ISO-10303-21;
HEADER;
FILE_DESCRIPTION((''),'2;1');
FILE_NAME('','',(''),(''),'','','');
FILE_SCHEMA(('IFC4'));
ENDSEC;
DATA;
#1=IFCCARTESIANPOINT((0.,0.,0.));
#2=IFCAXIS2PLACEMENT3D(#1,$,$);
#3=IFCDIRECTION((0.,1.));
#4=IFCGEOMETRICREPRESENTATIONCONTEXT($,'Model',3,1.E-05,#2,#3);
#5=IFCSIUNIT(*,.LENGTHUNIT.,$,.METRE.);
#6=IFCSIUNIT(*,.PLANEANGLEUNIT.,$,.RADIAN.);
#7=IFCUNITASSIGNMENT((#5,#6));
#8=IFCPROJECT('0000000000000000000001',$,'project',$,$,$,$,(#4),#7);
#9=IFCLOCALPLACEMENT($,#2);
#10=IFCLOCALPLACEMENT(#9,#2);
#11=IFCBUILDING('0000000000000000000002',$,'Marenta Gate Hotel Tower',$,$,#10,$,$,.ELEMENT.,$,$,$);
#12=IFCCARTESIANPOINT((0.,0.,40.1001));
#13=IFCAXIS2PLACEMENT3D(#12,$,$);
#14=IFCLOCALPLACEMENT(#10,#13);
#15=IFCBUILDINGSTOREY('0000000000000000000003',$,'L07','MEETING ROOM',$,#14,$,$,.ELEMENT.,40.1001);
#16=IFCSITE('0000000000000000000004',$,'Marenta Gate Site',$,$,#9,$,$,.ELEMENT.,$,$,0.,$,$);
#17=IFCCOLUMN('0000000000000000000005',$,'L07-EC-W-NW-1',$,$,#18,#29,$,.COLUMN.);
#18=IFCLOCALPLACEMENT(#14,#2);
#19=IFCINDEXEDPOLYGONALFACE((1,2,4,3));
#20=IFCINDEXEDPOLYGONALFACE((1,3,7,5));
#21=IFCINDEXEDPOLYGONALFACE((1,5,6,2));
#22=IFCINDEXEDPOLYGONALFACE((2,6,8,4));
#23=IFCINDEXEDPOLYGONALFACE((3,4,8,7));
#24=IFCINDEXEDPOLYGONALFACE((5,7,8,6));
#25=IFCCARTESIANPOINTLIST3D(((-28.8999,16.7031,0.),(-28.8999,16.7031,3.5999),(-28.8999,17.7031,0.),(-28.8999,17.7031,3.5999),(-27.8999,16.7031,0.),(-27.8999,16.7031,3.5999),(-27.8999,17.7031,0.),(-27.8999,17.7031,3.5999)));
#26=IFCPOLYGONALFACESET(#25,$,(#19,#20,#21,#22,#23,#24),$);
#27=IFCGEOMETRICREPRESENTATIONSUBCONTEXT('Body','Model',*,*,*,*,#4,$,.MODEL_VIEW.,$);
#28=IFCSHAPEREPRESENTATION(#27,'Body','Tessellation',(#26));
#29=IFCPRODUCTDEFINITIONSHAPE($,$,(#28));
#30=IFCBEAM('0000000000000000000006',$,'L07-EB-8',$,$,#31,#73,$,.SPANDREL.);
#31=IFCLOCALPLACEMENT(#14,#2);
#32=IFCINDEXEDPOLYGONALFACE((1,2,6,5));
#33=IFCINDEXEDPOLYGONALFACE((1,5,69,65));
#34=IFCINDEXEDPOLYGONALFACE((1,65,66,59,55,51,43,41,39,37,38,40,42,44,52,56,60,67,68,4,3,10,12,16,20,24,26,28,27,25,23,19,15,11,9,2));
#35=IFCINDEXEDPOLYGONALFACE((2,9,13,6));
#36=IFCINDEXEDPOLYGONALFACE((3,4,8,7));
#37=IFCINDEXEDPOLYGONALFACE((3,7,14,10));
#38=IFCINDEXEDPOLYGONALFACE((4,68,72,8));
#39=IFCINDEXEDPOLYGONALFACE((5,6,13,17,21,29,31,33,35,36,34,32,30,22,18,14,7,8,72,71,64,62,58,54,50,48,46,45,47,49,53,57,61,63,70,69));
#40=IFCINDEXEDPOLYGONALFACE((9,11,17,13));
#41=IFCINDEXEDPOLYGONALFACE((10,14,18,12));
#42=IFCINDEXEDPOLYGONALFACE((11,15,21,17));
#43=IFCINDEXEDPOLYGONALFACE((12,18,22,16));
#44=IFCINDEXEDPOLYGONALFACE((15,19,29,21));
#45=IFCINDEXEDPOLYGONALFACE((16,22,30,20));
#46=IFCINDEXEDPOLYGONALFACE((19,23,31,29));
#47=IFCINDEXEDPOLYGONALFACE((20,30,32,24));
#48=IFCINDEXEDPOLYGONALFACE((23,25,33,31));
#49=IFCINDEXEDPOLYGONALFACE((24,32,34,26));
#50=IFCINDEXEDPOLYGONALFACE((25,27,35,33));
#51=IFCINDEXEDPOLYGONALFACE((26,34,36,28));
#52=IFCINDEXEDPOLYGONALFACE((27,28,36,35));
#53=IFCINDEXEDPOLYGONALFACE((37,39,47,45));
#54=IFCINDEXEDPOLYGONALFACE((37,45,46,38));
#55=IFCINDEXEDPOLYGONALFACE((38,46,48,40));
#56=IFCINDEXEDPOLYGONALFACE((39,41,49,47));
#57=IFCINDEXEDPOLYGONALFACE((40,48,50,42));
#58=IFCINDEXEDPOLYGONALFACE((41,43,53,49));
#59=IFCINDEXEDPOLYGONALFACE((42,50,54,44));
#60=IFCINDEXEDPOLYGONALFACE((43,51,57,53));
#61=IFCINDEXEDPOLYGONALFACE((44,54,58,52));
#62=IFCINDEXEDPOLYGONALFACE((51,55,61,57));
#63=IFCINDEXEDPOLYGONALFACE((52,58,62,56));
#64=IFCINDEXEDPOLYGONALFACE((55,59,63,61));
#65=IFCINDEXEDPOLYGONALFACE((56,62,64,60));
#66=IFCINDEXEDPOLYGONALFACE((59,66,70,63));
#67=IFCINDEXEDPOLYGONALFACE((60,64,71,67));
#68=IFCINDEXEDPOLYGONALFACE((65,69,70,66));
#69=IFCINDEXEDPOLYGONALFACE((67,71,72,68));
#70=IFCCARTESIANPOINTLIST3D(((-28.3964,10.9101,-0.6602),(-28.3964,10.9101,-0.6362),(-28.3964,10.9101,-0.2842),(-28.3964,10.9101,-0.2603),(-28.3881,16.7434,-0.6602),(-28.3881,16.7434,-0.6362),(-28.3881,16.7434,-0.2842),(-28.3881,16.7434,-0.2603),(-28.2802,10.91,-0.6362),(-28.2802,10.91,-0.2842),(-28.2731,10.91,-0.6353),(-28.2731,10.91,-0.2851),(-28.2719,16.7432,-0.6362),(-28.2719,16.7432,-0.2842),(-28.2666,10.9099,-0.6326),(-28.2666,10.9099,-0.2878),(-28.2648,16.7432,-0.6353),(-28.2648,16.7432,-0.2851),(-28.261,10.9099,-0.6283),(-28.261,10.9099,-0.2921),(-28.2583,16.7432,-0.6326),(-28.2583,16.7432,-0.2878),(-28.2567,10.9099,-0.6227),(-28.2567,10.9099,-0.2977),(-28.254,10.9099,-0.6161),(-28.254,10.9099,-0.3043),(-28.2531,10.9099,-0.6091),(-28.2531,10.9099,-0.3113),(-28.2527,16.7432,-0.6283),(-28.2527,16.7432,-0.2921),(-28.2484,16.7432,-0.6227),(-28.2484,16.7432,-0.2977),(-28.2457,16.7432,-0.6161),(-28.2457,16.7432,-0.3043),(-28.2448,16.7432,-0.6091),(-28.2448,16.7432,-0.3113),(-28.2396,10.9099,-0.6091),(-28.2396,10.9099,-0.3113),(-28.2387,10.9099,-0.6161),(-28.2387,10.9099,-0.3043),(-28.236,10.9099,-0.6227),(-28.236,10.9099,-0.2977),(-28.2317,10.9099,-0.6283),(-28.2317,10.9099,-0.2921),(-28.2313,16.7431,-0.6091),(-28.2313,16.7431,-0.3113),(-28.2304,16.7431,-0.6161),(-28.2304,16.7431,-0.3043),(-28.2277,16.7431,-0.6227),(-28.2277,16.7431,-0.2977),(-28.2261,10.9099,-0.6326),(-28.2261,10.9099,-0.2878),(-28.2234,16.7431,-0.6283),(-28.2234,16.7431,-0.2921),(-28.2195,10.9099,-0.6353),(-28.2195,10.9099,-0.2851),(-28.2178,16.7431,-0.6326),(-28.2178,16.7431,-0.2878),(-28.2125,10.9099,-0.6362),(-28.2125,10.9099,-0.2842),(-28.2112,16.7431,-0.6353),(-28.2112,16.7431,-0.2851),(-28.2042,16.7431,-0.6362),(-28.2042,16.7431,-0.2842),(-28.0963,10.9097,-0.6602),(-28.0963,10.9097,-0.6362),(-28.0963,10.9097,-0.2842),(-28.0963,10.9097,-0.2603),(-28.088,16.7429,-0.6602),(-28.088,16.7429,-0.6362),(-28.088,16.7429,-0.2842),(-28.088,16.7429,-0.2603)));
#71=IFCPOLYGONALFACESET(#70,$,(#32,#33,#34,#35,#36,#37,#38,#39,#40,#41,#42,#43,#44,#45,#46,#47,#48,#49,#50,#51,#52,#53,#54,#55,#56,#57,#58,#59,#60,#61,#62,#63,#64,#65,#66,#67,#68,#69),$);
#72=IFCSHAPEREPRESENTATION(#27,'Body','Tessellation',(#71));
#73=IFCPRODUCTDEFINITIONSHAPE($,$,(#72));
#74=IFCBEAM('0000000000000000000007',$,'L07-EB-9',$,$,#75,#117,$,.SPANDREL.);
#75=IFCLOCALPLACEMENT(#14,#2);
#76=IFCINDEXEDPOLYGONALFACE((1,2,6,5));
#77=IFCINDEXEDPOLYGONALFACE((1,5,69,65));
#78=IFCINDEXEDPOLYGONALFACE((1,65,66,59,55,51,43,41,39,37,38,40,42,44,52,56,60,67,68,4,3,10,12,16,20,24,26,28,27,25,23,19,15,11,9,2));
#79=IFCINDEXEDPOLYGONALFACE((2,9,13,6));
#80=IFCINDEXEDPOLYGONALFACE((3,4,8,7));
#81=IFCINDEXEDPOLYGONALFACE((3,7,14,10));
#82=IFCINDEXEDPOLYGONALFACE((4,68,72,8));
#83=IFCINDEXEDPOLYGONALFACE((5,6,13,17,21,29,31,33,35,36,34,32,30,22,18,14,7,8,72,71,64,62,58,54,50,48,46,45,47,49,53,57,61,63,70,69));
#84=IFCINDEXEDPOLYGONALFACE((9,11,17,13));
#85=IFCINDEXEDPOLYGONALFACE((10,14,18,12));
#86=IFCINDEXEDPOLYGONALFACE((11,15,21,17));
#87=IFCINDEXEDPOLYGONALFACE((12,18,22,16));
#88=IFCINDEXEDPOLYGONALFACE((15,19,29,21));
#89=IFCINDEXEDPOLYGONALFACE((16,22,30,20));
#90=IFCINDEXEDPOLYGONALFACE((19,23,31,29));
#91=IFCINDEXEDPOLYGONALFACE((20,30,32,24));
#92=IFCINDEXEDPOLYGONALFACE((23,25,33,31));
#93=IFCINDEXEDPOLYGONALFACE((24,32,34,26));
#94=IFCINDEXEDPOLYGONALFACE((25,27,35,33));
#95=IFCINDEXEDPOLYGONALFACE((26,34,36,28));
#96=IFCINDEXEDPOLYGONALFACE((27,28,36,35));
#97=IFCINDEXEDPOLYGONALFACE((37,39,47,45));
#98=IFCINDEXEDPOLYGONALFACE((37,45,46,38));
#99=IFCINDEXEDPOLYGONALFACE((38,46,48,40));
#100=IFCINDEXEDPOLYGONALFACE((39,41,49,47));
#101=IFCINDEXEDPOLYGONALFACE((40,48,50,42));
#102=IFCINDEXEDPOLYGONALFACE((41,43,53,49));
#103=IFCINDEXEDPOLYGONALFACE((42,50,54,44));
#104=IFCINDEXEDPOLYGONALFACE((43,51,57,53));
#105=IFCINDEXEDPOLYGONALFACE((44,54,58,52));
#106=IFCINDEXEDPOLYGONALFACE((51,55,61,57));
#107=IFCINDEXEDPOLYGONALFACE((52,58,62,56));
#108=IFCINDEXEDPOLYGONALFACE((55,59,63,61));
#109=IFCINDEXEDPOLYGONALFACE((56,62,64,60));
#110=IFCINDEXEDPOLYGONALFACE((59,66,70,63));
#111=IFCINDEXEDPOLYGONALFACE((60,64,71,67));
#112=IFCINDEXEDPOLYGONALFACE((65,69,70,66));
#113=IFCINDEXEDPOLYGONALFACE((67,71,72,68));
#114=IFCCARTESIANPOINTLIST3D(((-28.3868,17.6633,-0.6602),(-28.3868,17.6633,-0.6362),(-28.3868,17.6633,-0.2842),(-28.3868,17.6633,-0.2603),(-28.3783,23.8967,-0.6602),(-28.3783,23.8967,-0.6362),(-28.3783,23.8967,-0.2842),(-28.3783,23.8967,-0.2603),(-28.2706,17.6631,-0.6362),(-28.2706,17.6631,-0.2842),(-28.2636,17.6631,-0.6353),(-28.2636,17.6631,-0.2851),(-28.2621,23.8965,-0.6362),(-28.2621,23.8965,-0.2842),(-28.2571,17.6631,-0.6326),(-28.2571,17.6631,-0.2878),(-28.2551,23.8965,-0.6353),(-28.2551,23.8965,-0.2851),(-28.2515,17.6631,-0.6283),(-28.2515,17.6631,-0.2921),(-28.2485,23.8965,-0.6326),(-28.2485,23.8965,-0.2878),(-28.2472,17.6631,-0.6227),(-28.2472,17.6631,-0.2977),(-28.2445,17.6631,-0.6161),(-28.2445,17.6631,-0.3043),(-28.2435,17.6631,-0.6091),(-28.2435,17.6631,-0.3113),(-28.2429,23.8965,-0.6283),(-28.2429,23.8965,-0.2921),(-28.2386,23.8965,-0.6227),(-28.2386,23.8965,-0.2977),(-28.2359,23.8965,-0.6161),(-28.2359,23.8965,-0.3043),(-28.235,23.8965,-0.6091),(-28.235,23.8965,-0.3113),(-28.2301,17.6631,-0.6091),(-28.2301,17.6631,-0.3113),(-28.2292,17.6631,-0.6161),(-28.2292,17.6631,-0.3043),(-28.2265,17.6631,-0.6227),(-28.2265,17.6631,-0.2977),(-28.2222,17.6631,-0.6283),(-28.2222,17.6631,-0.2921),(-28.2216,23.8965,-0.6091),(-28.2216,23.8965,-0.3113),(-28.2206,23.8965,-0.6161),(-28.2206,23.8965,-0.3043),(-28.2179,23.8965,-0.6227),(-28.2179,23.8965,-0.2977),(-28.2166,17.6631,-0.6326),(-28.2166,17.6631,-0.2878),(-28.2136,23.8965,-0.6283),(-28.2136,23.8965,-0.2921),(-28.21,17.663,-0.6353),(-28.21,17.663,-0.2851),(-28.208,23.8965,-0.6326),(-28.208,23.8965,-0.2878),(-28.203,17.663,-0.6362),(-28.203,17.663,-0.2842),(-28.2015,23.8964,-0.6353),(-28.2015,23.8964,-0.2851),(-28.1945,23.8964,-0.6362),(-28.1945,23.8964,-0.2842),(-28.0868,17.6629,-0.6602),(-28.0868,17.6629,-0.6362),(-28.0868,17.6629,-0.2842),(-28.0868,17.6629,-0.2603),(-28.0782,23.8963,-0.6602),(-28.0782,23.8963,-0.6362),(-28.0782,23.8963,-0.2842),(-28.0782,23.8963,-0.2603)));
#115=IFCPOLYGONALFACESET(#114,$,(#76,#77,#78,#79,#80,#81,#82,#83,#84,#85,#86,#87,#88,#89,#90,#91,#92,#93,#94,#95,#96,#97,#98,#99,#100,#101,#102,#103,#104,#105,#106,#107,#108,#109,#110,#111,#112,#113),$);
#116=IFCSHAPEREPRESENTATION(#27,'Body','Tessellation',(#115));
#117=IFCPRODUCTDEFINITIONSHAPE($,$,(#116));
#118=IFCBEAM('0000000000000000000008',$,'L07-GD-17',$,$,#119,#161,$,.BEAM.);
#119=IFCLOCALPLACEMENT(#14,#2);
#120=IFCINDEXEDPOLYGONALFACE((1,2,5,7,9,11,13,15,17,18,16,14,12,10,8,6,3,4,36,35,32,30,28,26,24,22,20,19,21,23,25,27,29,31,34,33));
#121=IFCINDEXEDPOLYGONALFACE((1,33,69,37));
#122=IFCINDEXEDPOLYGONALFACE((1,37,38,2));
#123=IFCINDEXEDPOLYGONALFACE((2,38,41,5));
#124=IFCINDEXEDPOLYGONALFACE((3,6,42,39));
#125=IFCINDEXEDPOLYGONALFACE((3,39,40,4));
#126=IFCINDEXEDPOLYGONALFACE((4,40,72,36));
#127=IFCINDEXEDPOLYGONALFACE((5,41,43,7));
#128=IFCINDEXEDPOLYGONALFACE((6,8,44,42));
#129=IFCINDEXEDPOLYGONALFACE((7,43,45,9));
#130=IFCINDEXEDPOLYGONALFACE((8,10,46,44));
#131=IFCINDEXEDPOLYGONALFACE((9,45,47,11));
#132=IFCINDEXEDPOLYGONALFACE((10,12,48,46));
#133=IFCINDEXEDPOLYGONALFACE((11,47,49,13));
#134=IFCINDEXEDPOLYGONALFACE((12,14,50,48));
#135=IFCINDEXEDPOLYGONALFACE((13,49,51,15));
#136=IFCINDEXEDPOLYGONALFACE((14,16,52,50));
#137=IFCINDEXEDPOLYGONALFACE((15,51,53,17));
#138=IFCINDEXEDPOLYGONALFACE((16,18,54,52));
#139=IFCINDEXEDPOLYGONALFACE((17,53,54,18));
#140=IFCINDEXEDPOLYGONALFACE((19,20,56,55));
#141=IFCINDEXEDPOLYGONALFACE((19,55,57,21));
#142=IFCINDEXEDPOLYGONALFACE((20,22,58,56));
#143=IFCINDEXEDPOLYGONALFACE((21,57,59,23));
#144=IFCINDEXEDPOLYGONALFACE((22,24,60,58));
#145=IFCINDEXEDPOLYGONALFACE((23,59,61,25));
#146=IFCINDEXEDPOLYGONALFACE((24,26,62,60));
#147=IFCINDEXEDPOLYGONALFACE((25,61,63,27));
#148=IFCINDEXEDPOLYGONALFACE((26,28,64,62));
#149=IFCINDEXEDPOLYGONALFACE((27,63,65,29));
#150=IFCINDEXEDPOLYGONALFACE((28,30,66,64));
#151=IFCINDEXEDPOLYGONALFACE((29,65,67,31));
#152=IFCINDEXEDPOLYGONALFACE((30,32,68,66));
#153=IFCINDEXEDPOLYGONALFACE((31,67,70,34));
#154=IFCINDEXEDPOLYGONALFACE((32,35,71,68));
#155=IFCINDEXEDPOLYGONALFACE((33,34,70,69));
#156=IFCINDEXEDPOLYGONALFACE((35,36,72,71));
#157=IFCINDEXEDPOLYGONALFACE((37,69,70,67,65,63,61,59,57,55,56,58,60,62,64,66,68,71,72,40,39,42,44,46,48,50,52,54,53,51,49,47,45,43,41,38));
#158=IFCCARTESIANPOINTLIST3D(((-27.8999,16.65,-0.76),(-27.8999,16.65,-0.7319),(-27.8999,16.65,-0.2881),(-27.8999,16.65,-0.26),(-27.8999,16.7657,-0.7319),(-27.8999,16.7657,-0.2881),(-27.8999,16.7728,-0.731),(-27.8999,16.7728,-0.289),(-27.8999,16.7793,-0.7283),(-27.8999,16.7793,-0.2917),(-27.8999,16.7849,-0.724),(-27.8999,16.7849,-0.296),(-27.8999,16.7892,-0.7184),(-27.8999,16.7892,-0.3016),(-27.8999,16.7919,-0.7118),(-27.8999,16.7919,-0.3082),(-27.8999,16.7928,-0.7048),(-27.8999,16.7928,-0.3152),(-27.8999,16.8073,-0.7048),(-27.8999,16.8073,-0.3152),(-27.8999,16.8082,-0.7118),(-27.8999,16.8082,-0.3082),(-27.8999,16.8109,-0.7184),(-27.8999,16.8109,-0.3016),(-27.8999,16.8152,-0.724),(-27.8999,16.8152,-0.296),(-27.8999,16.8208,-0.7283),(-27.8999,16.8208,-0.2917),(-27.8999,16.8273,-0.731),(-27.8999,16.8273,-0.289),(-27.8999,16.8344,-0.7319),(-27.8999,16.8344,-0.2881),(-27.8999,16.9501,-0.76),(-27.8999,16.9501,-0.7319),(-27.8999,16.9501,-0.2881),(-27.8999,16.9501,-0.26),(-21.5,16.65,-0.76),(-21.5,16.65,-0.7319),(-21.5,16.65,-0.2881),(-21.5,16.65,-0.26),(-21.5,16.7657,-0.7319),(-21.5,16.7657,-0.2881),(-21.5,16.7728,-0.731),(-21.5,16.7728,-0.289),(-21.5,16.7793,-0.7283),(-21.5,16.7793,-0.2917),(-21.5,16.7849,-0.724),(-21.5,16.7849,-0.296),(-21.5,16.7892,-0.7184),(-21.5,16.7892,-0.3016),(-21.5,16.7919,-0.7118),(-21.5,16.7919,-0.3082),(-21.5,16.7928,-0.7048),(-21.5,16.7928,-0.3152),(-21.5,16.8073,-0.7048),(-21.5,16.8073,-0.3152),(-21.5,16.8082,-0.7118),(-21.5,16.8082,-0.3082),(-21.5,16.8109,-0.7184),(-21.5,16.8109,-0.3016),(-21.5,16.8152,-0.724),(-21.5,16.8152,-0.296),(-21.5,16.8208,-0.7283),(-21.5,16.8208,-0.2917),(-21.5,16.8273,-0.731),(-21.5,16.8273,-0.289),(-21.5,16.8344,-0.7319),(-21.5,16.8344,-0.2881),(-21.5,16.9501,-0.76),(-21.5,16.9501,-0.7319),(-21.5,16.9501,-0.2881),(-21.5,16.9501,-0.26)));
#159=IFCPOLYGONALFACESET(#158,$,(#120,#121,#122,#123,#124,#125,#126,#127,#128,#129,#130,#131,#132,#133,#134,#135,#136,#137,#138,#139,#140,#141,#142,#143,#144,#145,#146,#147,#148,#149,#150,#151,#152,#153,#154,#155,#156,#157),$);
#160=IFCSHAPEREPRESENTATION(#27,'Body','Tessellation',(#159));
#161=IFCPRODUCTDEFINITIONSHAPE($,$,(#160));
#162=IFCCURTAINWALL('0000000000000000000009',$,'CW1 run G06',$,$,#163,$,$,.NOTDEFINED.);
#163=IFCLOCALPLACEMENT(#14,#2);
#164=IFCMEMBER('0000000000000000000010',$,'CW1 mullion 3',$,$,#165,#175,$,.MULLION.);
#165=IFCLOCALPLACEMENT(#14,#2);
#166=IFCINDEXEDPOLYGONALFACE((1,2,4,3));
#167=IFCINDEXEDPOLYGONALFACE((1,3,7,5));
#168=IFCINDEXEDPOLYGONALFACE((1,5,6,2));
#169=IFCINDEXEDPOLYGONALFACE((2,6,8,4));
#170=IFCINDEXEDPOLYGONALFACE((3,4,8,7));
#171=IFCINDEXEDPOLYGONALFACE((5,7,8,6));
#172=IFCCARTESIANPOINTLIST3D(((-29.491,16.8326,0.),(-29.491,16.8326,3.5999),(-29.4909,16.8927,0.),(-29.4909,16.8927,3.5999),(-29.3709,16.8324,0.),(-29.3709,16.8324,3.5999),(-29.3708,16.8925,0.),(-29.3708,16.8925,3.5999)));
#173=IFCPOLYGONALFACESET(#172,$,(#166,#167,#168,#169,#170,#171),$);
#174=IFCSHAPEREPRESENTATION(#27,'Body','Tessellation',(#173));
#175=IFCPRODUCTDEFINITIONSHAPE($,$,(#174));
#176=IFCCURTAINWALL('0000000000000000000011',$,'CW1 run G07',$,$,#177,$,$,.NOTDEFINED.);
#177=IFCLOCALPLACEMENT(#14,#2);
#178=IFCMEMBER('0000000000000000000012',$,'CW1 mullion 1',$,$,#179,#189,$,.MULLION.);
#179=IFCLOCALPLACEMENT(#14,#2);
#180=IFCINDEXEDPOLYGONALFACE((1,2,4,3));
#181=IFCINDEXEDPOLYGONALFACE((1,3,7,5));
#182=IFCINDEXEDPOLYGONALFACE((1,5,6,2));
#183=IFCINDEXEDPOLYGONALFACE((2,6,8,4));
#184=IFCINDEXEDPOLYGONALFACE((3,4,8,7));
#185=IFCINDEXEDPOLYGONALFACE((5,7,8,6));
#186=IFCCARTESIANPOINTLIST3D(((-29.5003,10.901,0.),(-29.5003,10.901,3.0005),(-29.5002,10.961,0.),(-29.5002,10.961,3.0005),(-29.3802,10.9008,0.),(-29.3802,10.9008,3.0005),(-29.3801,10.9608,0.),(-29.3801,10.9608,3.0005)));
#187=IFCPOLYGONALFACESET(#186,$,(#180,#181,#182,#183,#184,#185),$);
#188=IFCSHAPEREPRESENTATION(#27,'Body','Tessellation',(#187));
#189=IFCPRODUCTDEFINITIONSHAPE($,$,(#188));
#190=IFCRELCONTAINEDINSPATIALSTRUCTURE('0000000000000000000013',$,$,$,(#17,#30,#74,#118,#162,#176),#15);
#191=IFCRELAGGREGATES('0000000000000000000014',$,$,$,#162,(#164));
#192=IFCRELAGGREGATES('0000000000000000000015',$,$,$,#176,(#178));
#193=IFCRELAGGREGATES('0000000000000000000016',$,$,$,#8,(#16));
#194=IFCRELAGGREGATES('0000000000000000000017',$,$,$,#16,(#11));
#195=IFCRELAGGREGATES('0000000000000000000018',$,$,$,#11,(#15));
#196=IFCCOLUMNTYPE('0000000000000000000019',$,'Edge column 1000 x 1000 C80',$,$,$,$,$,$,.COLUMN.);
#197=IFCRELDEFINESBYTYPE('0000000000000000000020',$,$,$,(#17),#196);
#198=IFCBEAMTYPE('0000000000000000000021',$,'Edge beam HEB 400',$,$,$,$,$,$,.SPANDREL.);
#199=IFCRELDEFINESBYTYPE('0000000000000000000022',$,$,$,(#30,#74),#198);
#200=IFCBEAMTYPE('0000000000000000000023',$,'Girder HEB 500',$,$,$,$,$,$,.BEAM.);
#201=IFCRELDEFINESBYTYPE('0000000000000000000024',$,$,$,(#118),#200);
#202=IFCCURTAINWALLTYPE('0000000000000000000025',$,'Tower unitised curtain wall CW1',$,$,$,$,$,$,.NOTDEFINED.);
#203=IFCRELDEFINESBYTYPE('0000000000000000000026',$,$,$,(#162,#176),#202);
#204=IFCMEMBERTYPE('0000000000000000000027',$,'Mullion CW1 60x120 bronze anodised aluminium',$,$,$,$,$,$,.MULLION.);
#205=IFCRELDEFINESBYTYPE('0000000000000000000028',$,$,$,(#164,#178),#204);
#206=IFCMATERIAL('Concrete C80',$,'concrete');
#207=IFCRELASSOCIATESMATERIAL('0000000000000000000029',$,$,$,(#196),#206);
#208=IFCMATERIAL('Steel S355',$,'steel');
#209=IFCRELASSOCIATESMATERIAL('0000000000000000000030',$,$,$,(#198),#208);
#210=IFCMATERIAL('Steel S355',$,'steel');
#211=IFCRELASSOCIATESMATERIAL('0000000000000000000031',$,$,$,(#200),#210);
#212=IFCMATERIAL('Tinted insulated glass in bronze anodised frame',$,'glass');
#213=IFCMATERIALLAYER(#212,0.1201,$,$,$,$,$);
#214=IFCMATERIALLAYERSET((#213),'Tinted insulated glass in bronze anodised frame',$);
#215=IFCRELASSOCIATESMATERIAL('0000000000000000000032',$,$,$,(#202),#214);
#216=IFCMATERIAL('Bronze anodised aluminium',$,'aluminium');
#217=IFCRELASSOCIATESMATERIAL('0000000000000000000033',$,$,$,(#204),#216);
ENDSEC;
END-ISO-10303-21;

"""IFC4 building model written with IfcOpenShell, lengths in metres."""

from ifc_helpers import new_model, si_unit, direction, frame, origin, origin_2d, place, context, subcontext, project, spatial, rectangle, i_section, extrude, material, layer, layer_set, material_profile, profile_set, type_object, element, aggregate, save


model = new_model("IFC4")

# Units and contexts
model_context = context("Model", 3, precision=1e-05, world=origin(), true_north=direction((0.0, 1.0)))
body_context = subcontext(model_context, "Body", "Model", "MODEL_VIEW")
ifc_project = project(units=[si_unit("LENGTHUNIT", "METRE"), si_unit("PLANEANGLEUNIT", "RADIAN")], contexts=[model_context])

# Site, building, storey
site_placement = place(None, origin())
site = spatial("IfcSite", under=ifc_project, at=site_placement, Name="Marenta Gate Site", CompositionType="ELEMENT", RefElevation=0.0)
building_placement = place(site_placement, origin())
building = spatial("IfcBuilding", under=site, at=building_placement, Name="Marenta Gate Hotel Tower", CompositionType="ELEMENT")
storey_placement = place(building_placement, frame((0.0, 0.0, 40.1001)))
storey = spatial("IfcBuildingStorey", under=building, at=storey_placement, Name="L07", Description="MEETING ROOM", CompositionType="ELEMENT", Elevation=40.1001)

# Column
ifc_material_1 = material(Name="Concrete C80", Category="concrete")
ifc_material_profile_1 = material_profile(ifc_material_1, rectangle(XDim=1.0, YDim=1.0, at=origin_2d()), Name="1000 x 1000")
ifc_profile_set_1 = profile_set([ifc_material_profile_1], Name="Concrete C80")
column_type = type_object("IfcColumnType", Name="Edge column 1000 x 1000 C80", PredefinedType="COLUMN", material=ifc_profile_set_1)
column_placement = place(storey_placement, frame((-28.3999, 17.2031, 0.0), z_axis=(0.0, 0.0, 1.0), x_axis=(1.0, 0.0, 0.0)))
element("IfcColumn", 1, at=column_placement, inside=storey, type_object=column_type, Name="L07-EC-W-NW-1", PredefinedType="COLUMN", context=body_context, shape_type="SweptSolid", body=[
    extrude(rectangle(XDim=1.0, YDim=1.0, at=origin_2d()), origin(), (0.0, 0.0, 1.0), 3.5999),
])

# Beams
ifc_material_2 = material(Name="Steel S355", Category="steel")
ifc_material_profile_2 = material_profile(ifc_material_2, i_section(OverallWidth=0.3, OverallDepth=0.3999, WebThickness=0.0134, FlangeThickness=0.0239, FilletRadius=0.0271, at=origin_2d()), Name="HEB 400")
ifc_profile_set_2 = profile_set([ifc_material_profile_2], Name="Steel S355")
beam_type_1 = type_object("IfcBeamType", Name="Edge beam HEB 400", PredefinedType="SPANDREL", material=ifc_profile_set_2)
beam_1_placement = place(storey_placement, frame((-28.2463, 10.9099, -0.4602), z_axis=(0.001423, 0.999999, 0.0), x_axis=(-0.999999, 0.001423, 0.0)))
element("IfcBeam", 2, at=beam_1_placement, inside=storey, type_object=beam_type_1, Name="L07-EB-8", PredefinedType="SPANDREL", context=body_context, shape_type="SweptSolid", body=[
    extrude(i_section(OverallWidth=0.3, OverallDepth=0.3999, WebThickness=0.0134, FlangeThickness=0.0239, FilletRadius=0.0271, at=origin_2d()), origin(), (0.0, 0.0, 1.0), 5.8333),
])
beam_2_placement = place(storey_placement, frame((-28.2368, 17.6631, -0.4602), z_axis=(0.001371, 0.999999, 0.0), x_axis=(-0.999999, 0.001371, 0.0)))
element("IfcBeam", 3, at=beam_2_placement, inside=storey, type_object=beam_type_1, Name="L07-EB-9", PredefinedType="SPANDREL", context=body_context, shape_type="SweptSolid", body=[
    extrude(i_section(OverallWidth=0.3, OverallDepth=0.3999, WebThickness=0.0134, FlangeThickness=0.0239, FilletRadius=0.0271, at=origin_2d()), origin(), (0.0, 0.0, 1.0), 6.2334),
])
ifc_material_3 = material(Name="Steel S355", Category="steel")
ifc_material_profile_3 = material_profile(ifc_material_3, i_section(OverallWidth=0.3, OverallDepth=0.5, WebThickness=0.0144, FlangeThickness=0.0281, FilletRadius=0.0271, at=origin_2d()), Name="HEB 500")
ifc_profile_set_3 = profile_set([ifc_material_profile_3], Name="Steel S355")
beam_type_2 = type_object("IfcBeamType", Name="Girder HEB 500", PredefinedType="BEAM", material=ifc_profile_set_3)
beam_3_placement = place(storey_placement, frame((-27.8999, 16.8, -0.51), z_axis=(1.0, 0.0, 0.0), x_axis=(0.0, 1.0, 0.0)))
element("IfcBeam", 4, at=beam_3_placement, inside=storey, type_object=beam_type_2, Name="L07-GD-17", PredefinedType="BEAM", context=body_context, shape_type="SweptSolid", body=[
    extrude(i_section(OverallWidth=0.3, OverallDepth=0.5, WebThickness=0.0144, FlangeThickness=0.0281, FilletRadius=0.0271, at=origin_2d()), origin(), (0.0, 0.0, 1.0), 6.3999),
])

# Curtain walls, members
ifc_material_4 = material(Name="Tinted insulated glass in bronze anodised frame", Category="glass")
ifc_layer_1 = layer(ifc_material_4, 0.1201)
ifc_layer_set_1 = layer_set([ifc_layer_1], Name="Tinted insulated glass in bronze anodised frame")
curtain_wall_type = type_object("IfcCurtainWallType", Name="Tower unitised curtain wall CW1", PredefinedType="NOTDEFINED", material=ifc_layer_set_1)
curtain_wall_1_placement = place(storey_placement, origin())
curtain_wall_1 = element("IfcCurtainWall", 5, at=curtain_wall_1_placement, inside=storey, type_object=curtain_wall_type, Name="CW1 run G06", PredefinedType="NOTDEFINED")
ifc_material_5 = material(Name="Bronze anodised aluminium", Category="aluminium")
ifc_material_profile_4 = material_profile(ifc_material_5, rectangle(XDim=0.1201, YDim=0.0601, at=origin_2d()), Name="Mullion CW1 60x120 bronze anodised aluminium")
ifc_profile_set_4 = profile_set([ifc_material_profile_4], Name="Bronze anodised aluminium")
member_type_1 = type_object("IfcMemberType", Name="Mullion CW1 60x120 bronze anodised aluminium", PredefinedType="MULLION", material=ifc_profile_set_4)
member_1_placement = place(storey_placement, frame((-29.4309, 16.8625, 0.0), z_axis=(0.0, 0.0, 1.0), x_axis=(0.999999, -0.00157, 0.0)))
member_1 = element("IfcMember", 6, at=member_1_placement, type_object=member_type_1, Name="CW1 mullion 3", PredefinedType="MULLION", context=body_context, shape_type="SweptSolid", body=[
    extrude(rectangle(XDim=0.1201, YDim=0.0601, at=origin_2d()), origin(), (0.0, 0.0, 1.0), 3.5999),
])
curtain_wall_2_placement = place(storey_placement, origin())
curtain_wall_2 = element("IfcCurtainWall", 7, at=curtain_wall_2_placement, inside=storey, type_object=curtain_wall_type, Name="CW1 run G07", PredefinedType="NOTDEFINED")
member_2_placement = place(storey_placement, frame((-29.4402, 10.9309, 0.0), z_axis=(0.0, 0.0, 1.0), x_axis=(0.999999, -0.001528, 0.0)))
member_2 = element("IfcMember", 8, at=member_2_placement, type_object=member_type_1, Name="CW1 mullion 1", PredefinedType="MULLION", context=body_context, shape_type="SweptSolid", body=[
    extrude(rectangle(XDim=0.1201, YDim=0.0601, at=origin_2d()), origin(), (0.0, 0.0, 1.0), 3.0005),
])

aggregate(curtain_wall_1, [member_1])
aggregate(curtain_wall_2, [member_2])

save(model, "model.ifc")
